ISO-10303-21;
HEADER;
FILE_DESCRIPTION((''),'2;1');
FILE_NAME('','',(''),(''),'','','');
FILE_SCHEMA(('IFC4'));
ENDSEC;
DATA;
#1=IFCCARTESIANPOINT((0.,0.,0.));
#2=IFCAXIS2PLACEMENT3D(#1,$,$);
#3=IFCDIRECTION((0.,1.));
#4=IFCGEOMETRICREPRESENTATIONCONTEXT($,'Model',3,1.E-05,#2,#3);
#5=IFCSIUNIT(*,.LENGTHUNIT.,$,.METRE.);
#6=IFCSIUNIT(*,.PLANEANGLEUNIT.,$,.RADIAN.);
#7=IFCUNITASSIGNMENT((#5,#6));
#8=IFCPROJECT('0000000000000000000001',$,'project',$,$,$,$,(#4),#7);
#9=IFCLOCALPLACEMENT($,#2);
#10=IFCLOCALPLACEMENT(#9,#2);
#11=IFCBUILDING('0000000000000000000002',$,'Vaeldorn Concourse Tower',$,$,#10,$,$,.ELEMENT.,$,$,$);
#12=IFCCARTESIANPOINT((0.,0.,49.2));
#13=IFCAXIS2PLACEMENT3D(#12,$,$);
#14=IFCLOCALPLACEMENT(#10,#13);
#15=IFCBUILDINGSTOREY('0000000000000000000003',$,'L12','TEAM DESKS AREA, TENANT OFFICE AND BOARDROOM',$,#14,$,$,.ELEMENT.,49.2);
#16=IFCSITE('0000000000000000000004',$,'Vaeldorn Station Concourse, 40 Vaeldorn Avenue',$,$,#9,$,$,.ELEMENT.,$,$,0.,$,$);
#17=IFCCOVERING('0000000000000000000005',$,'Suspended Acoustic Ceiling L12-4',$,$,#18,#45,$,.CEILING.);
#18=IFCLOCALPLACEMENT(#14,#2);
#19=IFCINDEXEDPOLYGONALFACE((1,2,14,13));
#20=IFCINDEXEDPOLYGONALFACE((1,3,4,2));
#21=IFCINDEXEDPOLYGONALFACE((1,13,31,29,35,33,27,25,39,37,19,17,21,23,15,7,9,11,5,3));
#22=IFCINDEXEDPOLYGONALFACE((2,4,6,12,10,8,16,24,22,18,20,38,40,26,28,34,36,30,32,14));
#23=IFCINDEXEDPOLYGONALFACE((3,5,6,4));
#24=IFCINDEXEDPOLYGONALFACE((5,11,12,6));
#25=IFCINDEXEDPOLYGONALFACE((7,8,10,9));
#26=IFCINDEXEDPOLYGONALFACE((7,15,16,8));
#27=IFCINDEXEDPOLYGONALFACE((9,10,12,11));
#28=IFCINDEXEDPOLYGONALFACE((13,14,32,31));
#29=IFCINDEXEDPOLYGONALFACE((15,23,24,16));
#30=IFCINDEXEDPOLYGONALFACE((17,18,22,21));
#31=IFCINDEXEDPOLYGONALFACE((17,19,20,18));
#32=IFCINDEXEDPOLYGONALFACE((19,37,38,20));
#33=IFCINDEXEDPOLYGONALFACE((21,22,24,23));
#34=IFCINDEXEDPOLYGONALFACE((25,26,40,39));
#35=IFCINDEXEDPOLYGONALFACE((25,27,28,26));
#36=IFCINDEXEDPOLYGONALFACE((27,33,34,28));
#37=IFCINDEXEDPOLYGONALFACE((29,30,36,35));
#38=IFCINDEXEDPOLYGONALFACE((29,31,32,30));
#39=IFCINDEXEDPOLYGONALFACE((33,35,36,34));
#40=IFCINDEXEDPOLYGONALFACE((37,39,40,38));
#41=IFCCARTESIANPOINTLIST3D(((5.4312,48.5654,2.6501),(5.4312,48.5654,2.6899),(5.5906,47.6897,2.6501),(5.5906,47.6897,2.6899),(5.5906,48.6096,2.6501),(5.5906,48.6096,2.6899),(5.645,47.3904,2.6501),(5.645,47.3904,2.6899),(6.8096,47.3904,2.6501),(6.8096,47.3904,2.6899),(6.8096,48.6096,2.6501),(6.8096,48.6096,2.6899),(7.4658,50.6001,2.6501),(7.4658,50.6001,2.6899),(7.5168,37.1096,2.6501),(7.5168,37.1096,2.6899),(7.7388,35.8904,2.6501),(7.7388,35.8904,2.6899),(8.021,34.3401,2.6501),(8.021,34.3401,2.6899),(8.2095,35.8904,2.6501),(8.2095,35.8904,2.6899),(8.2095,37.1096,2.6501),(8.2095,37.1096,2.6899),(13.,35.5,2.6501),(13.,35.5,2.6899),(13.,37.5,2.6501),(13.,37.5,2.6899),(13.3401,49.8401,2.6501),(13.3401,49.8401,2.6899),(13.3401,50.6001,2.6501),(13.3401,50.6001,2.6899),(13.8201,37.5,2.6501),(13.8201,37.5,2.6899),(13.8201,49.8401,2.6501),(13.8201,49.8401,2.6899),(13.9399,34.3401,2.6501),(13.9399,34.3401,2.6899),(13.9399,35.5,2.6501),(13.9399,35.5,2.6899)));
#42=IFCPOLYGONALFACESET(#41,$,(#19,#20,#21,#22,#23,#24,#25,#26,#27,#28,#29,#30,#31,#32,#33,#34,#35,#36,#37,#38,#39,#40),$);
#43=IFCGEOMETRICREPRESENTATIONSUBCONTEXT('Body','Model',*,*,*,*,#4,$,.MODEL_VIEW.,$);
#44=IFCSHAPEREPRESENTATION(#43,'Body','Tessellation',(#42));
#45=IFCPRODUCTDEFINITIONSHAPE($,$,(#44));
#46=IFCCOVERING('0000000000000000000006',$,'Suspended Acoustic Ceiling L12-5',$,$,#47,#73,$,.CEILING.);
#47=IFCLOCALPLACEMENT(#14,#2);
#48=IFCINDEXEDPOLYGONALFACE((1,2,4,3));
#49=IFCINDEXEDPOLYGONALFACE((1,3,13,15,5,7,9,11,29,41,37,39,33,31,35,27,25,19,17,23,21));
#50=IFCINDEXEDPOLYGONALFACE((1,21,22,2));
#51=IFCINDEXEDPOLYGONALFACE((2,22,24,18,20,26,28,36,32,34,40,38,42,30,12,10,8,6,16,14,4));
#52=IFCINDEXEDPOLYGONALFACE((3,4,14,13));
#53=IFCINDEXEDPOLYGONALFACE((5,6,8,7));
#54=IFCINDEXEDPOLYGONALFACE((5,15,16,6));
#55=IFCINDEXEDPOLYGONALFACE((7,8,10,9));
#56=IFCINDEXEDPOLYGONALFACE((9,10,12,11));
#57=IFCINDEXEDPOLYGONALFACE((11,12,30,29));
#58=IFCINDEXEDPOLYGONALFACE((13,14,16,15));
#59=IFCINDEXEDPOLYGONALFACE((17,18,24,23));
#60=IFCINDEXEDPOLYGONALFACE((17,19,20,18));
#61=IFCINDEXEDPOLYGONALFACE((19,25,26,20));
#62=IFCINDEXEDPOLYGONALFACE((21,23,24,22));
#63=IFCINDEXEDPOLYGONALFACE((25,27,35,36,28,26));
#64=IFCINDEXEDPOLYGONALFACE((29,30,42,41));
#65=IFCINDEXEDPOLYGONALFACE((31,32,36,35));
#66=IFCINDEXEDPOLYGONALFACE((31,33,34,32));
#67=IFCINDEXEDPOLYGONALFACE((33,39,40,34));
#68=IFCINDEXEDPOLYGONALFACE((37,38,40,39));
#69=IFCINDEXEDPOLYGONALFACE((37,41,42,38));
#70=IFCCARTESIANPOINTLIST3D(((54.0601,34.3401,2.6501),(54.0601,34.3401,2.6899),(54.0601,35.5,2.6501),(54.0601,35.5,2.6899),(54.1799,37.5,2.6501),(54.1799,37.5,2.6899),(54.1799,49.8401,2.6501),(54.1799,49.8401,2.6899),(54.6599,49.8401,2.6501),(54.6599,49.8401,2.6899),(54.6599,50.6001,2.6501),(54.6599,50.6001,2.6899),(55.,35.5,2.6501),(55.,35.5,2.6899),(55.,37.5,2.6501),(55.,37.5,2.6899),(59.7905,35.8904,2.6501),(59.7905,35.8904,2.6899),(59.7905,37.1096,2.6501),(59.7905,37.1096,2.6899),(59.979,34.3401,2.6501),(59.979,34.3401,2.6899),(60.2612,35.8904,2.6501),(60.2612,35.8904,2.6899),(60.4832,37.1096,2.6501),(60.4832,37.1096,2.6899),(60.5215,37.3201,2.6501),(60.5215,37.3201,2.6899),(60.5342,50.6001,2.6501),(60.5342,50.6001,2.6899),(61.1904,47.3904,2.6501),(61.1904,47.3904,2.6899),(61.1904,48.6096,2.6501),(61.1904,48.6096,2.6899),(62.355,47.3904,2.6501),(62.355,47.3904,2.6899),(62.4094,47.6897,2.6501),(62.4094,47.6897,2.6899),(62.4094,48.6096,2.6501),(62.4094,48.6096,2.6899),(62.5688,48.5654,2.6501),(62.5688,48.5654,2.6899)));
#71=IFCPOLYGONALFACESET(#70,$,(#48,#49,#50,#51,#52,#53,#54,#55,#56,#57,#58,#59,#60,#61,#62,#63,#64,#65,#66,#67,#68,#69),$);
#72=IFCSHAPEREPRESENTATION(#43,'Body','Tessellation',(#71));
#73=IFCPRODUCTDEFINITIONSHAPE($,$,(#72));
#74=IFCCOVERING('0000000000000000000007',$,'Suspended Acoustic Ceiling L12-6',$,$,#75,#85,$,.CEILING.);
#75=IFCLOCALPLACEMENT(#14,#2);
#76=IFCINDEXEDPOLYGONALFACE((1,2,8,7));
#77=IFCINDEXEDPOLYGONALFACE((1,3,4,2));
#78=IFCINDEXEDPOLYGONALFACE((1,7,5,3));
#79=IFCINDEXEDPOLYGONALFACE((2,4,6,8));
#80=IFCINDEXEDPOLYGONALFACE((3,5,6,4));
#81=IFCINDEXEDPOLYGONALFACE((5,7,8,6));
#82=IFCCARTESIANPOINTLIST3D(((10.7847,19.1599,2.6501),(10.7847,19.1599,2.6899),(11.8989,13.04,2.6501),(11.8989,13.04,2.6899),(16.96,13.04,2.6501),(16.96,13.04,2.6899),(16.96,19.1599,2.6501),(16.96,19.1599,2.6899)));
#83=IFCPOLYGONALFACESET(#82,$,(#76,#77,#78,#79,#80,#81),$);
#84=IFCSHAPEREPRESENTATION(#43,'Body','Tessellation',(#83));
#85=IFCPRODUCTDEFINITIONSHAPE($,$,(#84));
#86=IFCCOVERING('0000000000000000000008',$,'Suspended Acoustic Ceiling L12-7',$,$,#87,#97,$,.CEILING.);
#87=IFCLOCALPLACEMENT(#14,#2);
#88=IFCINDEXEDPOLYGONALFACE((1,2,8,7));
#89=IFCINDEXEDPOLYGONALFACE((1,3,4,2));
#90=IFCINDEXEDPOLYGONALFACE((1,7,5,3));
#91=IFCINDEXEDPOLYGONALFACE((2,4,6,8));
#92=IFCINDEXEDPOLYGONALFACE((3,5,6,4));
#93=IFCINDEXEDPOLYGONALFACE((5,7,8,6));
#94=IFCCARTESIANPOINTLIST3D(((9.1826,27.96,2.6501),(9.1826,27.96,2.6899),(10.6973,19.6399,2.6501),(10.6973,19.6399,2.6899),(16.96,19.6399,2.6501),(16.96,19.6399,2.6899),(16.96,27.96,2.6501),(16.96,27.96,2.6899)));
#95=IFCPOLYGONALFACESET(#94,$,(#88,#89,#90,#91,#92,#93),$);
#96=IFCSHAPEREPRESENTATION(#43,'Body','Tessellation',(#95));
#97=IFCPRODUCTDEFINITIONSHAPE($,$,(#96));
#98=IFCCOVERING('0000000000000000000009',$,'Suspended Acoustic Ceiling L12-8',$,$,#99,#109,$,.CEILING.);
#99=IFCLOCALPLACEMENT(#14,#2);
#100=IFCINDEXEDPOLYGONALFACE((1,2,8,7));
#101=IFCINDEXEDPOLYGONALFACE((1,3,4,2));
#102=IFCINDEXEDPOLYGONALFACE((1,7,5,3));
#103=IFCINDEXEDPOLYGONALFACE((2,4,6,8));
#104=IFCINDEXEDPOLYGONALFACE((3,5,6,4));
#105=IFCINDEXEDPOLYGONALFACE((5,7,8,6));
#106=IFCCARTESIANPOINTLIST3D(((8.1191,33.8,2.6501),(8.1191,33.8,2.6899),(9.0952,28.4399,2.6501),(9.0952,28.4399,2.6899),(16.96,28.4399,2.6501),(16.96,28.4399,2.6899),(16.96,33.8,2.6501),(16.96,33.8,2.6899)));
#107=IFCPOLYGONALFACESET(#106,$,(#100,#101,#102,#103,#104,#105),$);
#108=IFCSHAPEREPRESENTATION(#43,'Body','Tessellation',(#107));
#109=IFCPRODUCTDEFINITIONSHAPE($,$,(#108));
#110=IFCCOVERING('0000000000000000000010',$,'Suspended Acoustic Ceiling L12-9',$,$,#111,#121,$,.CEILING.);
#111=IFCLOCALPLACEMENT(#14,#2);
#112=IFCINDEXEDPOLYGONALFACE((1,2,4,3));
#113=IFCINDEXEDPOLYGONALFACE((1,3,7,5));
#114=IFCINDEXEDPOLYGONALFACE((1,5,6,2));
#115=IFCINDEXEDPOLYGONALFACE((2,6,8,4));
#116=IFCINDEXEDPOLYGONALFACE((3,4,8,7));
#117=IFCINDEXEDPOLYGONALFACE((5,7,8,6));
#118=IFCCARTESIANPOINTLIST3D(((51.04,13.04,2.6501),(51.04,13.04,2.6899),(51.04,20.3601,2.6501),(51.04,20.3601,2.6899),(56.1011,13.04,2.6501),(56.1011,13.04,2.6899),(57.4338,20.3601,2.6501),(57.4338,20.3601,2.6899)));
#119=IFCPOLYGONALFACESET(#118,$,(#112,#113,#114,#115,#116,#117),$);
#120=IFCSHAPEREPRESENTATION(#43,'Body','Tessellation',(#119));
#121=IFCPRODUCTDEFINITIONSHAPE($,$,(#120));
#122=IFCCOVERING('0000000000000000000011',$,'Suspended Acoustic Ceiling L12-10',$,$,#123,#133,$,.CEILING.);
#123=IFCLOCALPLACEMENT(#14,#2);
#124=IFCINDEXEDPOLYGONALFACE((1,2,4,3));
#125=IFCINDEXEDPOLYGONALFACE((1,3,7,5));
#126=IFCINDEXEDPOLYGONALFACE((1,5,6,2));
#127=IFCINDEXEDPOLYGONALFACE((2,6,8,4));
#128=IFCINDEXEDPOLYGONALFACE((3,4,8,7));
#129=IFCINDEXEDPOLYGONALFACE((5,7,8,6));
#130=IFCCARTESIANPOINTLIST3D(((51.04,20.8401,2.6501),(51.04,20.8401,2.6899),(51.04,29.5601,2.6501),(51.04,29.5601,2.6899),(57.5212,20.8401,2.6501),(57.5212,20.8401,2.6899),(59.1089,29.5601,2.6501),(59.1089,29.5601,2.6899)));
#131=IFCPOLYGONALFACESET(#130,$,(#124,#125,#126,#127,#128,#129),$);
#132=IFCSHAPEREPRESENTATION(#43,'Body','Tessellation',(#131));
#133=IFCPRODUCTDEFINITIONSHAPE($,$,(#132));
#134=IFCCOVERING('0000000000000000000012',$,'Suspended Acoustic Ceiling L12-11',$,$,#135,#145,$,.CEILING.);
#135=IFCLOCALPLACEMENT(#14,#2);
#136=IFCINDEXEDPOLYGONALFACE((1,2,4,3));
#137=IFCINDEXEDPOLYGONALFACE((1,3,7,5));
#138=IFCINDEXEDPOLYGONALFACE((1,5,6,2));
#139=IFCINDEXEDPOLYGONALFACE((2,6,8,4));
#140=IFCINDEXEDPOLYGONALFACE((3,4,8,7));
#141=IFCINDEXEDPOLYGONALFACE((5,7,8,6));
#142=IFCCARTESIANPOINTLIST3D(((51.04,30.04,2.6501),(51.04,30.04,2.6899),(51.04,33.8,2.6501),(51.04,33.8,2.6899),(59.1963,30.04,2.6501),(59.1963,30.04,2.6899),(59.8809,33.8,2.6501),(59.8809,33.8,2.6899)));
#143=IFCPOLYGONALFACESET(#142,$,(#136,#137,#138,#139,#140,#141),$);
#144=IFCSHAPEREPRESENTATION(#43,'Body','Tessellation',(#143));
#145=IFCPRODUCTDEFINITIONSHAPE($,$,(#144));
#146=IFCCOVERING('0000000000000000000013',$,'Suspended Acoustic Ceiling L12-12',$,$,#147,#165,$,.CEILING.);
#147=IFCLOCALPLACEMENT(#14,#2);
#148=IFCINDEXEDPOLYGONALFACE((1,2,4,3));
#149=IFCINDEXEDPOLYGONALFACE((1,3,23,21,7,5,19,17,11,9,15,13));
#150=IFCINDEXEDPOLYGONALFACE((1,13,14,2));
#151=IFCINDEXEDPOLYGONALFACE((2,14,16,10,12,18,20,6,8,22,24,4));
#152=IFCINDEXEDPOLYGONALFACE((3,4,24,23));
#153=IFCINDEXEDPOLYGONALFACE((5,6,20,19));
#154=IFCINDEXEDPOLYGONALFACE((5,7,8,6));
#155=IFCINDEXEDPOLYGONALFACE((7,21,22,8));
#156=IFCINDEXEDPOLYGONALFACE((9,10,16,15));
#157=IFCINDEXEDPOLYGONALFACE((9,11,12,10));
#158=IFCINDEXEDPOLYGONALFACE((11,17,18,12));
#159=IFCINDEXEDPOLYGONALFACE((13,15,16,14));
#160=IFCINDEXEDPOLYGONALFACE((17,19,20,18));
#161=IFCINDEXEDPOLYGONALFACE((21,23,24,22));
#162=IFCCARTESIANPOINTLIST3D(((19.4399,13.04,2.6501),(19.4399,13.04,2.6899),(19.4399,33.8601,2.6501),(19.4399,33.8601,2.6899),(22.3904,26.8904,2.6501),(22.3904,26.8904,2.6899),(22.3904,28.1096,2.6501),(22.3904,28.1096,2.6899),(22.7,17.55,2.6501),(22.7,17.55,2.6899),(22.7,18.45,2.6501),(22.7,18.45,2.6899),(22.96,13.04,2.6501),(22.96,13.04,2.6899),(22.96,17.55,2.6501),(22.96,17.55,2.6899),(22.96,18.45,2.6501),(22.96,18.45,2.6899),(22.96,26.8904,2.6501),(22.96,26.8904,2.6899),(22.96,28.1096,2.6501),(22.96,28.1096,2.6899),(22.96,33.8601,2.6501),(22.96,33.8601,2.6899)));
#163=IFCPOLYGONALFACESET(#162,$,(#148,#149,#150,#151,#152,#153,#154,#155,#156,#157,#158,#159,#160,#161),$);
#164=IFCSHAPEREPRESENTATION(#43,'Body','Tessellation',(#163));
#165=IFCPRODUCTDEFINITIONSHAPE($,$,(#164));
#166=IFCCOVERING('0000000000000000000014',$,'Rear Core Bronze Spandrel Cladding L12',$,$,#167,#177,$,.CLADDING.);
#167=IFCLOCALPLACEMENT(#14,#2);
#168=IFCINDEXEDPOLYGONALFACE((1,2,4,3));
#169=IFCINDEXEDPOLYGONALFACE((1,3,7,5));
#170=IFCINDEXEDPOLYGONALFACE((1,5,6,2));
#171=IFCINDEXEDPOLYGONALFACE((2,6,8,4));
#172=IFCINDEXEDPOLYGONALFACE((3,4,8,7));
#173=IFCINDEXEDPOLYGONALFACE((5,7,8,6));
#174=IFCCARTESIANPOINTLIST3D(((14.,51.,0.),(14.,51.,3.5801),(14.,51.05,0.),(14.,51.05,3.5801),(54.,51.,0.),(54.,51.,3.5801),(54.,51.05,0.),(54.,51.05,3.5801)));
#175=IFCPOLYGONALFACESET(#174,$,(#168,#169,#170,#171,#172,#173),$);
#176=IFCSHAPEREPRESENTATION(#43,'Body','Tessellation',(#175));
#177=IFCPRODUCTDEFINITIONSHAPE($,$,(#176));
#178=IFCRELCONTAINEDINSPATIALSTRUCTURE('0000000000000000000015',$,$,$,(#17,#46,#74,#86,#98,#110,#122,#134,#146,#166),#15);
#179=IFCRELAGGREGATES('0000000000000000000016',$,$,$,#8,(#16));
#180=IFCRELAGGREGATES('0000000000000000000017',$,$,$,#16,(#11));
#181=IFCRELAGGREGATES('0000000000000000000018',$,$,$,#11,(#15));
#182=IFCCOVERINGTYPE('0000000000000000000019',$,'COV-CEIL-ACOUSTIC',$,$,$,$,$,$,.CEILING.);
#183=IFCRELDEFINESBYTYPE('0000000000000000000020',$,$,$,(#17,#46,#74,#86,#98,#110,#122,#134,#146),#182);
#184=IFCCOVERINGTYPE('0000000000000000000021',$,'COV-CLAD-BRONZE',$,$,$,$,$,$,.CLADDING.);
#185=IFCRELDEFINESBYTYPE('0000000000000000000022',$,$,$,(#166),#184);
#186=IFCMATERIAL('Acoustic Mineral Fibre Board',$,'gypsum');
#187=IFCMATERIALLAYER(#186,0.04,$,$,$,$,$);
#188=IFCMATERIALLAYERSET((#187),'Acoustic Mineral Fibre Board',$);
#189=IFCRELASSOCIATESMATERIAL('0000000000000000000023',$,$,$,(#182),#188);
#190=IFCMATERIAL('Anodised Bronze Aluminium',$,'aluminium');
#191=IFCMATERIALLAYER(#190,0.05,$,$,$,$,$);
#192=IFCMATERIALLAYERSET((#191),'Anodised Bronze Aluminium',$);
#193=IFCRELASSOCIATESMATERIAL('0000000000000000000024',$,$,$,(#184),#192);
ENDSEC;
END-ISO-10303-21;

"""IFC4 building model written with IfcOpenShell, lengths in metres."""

from ifc_helpers import new_model, si_unit, direction, frame, origin, place, context, subcontext, project, spatial, polyline, outline, extrude, material, layer, layer_set, type_object, element, save


model = new_model("IFC4")

# Units and contexts
model_context = context("Model", 3, precision=1e-05, world=origin(), true_north=direction((0.0, 1.0)))
body_context = subcontext(model_context, "Body", "Model", "MODEL_VIEW")
ifc_project = project(units=[si_unit("LENGTHUNIT", "METRE"), si_unit("PLANEANGLEUNIT", "RADIAN")], contexts=[model_context])

# Site, building, storey
site_placement = place(None, origin())
site = spatial("IfcSite", under=ifc_project, at=site_placement, Name="Vaeldorn Station Concourse, 40 Vaeldorn Avenue", CompositionType="ELEMENT", RefElevation=0.0)
building_placement = place(site_placement, origin())
building = spatial("IfcBuilding", under=site, at=building_placement, Name="Vaeldorn Concourse Tower", CompositionType="ELEMENT")
storey_placement = place(building_placement, frame((0.0, 0.0, 49.2)))
storey = spatial("IfcBuildingStorey", under=building, at=storey_placement, Name="L12", Description="TEAM DESKS AREA, TENANT OFFICE AND BOARDROOM", CompositionType="ELEMENT", Elevation=49.2)

# Shared definitions
ifc_material_1 = material(Name="Anodised Bronze Aluminium", Category="aluminium")

# Coverings
ifc_material_2 = material(Name="Acoustic Mineral Fibre Board", Category="gypsum")
ifc_layer_1 = layer(ifc_material_2, 0.04)
ifc_layer_set_1 = layer_set([ifc_layer_1], Name="Acoustic Mineral Fibre Board")
covering_type_1 = type_object("IfcCoveringType", Name="COV-CEIL-ACOUSTIC", PredefinedType="CEILING", material=ifc_layer_set_1)
covering_1_placement = place(storey_placement, frame((0.0, 0.0, 2.6501)))
element("IfcCovering", 1, at=covering_1_placement, inside=storey, type_object=covering_type_1, Name="Suspended Acoustic Ceiling L12-4", PredefinedType="CEILING", context=body_context, shape_type="SweptSolid", body=[
    extrude(outline(polyline([(7.4658, 50.6001), (13.3401, 50.6001), (13.3401, 49.8401), (13.8201, 49.8401), (13.8201, 37.5), (13.0, 37.5), (13.0, 35.5), (13.9399, 35.5), (13.9399, 34.3401), (8.021, 34.3401), (7.7388, 35.8904), (8.2095, 35.8904), (8.2095, 37.1096), (7.5168, 37.1096), (5.645, 47.3904), (6.8096, 47.3904), (6.8096, 48.6096), (5.5906, 48.6096), (5.5906, 47.6897), (5.4312, 48.5654), (7.4658, 50.6001)])), origin(), (0.0, 0.0, 1.0), 0.0398),
])
covering_2_placement = place(storey_placement, frame((0.0, 0.0, 2.6501)))
element("IfcCovering", 2, at=covering_2_placement, inside=storey, type_object=covering_type_1, Name="Suspended Acoustic Ceiling L12-5", PredefinedType="CEILING", context=body_context, shape_type="SweptSolid", body=[
    extrude(outline(polyline([(54.1799, 49.8401), (54.6599, 49.8401), (54.6599, 50.6001), (60.5342, 50.6001), (62.5688, 48.5654), (62.4094, 47.6897), (62.4094, 48.6096), (61.1904, 48.6096), (61.1904, 47.3904), (62.355, 47.3904), (60.5215, 37.3201), (60.5215, 37.3201), (60.4832, 37.1096), (59.7905, 37.1096), (59.7905, 35.8904), (60.2612, 35.8904), (59.979, 34.3401), (54.0601, 34.3401), (54.0601, 35.5), (55.0, 35.5), (55.0, 37.5), (54.1799, 37.5), (54.1799, 49.8401)])), origin(), (0.0, 0.0, 1.0), 0.0398),
])
covering_3_placement = place(storey_placement, frame((0.0, 0.0, 2.6501)))
element("IfcCovering", 3, at=covering_3_placement, inside=storey, type_object=covering_type_1, Name="Suspended Acoustic Ceiling L12-6", PredefinedType="CEILING", context=body_context, shape_type="SweptSolid", body=[
    extrude(outline(polyline([(16.96, 19.1599), (16.96, 13.04), (11.8989, 13.04), (10.7847, 19.1599), (16.96, 19.1599)])), origin(), (0.0, 0.0, 1.0), 0.0398),
])
covering_4_placement = place(storey_placement, frame((0.0, 0.0, 2.6501)))
element("IfcCovering", 4, at=covering_4_placement, inside=storey, type_object=covering_type_1, Name="Suspended Acoustic Ceiling L12-7", PredefinedType="CEILING", context=body_context, shape_type="SweptSolid", body=[
    extrude(outline(polyline([(16.96, 27.96), (16.96, 19.6399), (10.6973, 19.6399), (9.1826, 27.96), (16.96, 27.96)])), origin(), (0.0, 0.0, 1.0), 0.0398),
])
covering_5_placement = place(storey_placement, frame((0.0, 0.0, 2.6501)))
element("IfcCovering", 5, at=covering_5_placement, inside=storey, type_object=covering_type_1, Name="Suspended Acoustic Ceiling L12-8", PredefinedType="CEILING", context=body_context, shape_type="SweptSolid", body=[
    extrude(outline(polyline([(16.96, 33.8), (16.96, 28.4399), (9.0952, 28.4399), (8.1191, 33.8), (16.96, 33.8)])), origin(), (0.0, 0.0, 1.0), 0.0398),
])
covering_6_placement = place(storey_placement, frame((0.0, 0.0, 2.6501)))
element("IfcCovering", 6, at=covering_6_placement, inside=storey, type_object=covering_type_1, Name="Suspended Acoustic Ceiling L12-9", PredefinedType="CEILING", context=body_context, shape_type="SweptSolid", body=[
    extrude(outline(polyline([(51.04, 13.04), (51.04, 20.3601), (57.4338, 20.3601), (56.1011, 13.04), (51.04, 13.04)])), origin(), (0.0, 0.0, 1.0), 0.0398),
])
covering_7_placement = place(storey_placement, frame((0.0, 0.0, 2.6501)))
element("IfcCovering", 7, at=covering_7_placement, inside=storey, type_object=covering_type_1, Name="Suspended Acoustic Ceiling L12-10", PredefinedType="CEILING", context=body_context, shape_type="SweptSolid", body=[
    extrude(outline(polyline([(51.04, 20.8401), (51.04, 29.5601), (59.1089, 29.5601), (57.5212, 20.8401), (51.04, 20.8401)])), origin(), (0.0, 0.0, 1.0), 0.0398),
])
covering_8_placement = place(storey_placement, frame((0.0, 0.0, 2.6501)))
element("IfcCovering", 8, at=covering_8_placement, inside=storey, type_object=covering_type_1, Name="Suspended Acoustic Ceiling L12-11", PredefinedType="CEILING", context=body_context, shape_type="SweptSolid", body=[
    extrude(outline(polyline([(51.04, 30.04), (51.04, 33.8), (59.8809, 33.8), (59.1963, 30.04), (51.04, 30.04)])), origin(), (0.0, 0.0, 1.0), 0.0398),
])
covering_9_placement = place(storey_placement, frame((0.0, 0.0, 2.6501)))
element("IfcCovering", 9, at=covering_9_placement, inside=storey, type_object=covering_type_1, Name="Suspended Acoustic Ceiling L12-12", PredefinedType="CEILING", context=body_context, shape_type="SweptSolid", body=[
    extrude(outline(polyline([(19.4399, 33.8601), (22.96, 33.8601), (22.96, 28.1096), (22.3904, 28.1096), (22.3904, 26.8904), (22.96, 26.8904), (22.96, 18.45), (22.7, 18.45), (22.7, 17.55), (22.96, 17.55), (22.96, 13.04), (19.4399, 13.04), (19.4399, 33.8601)])), origin(), (0.0, 0.0, 1.0), 0.0398),
])
ifc_layer_2 = layer(ifc_material_1, 0.05)
ifc_layer_set_2 = layer_set([ifc_layer_2], Name="Anodised Bronze Aluminium")
covering_type_2 = type_object("IfcCoveringType", Name="COV-CLAD-BRONZE", PredefinedType="CLADDING", material=ifc_layer_set_2)
covering_10_placement = place(storey_placement, origin())
element("IfcCovering", 10, at=covering_10_placement, inside=storey, type_object=covering_type_2, Name="Rear Core Bronze Spandrel Cladding L12", PredefinedType="CLADDING", context=body_context, shape_type="SweptSolid", body=[
    extrude(outline(polyline([(14.0, 51.0), (54.0, 51.0), (54.0, 51.05), (14.0, 51.05), (14.0, 51.0)])), origin(), (0.0, 0.0, 1.0), 3.5801),
])

save(model, "model.ifc")
